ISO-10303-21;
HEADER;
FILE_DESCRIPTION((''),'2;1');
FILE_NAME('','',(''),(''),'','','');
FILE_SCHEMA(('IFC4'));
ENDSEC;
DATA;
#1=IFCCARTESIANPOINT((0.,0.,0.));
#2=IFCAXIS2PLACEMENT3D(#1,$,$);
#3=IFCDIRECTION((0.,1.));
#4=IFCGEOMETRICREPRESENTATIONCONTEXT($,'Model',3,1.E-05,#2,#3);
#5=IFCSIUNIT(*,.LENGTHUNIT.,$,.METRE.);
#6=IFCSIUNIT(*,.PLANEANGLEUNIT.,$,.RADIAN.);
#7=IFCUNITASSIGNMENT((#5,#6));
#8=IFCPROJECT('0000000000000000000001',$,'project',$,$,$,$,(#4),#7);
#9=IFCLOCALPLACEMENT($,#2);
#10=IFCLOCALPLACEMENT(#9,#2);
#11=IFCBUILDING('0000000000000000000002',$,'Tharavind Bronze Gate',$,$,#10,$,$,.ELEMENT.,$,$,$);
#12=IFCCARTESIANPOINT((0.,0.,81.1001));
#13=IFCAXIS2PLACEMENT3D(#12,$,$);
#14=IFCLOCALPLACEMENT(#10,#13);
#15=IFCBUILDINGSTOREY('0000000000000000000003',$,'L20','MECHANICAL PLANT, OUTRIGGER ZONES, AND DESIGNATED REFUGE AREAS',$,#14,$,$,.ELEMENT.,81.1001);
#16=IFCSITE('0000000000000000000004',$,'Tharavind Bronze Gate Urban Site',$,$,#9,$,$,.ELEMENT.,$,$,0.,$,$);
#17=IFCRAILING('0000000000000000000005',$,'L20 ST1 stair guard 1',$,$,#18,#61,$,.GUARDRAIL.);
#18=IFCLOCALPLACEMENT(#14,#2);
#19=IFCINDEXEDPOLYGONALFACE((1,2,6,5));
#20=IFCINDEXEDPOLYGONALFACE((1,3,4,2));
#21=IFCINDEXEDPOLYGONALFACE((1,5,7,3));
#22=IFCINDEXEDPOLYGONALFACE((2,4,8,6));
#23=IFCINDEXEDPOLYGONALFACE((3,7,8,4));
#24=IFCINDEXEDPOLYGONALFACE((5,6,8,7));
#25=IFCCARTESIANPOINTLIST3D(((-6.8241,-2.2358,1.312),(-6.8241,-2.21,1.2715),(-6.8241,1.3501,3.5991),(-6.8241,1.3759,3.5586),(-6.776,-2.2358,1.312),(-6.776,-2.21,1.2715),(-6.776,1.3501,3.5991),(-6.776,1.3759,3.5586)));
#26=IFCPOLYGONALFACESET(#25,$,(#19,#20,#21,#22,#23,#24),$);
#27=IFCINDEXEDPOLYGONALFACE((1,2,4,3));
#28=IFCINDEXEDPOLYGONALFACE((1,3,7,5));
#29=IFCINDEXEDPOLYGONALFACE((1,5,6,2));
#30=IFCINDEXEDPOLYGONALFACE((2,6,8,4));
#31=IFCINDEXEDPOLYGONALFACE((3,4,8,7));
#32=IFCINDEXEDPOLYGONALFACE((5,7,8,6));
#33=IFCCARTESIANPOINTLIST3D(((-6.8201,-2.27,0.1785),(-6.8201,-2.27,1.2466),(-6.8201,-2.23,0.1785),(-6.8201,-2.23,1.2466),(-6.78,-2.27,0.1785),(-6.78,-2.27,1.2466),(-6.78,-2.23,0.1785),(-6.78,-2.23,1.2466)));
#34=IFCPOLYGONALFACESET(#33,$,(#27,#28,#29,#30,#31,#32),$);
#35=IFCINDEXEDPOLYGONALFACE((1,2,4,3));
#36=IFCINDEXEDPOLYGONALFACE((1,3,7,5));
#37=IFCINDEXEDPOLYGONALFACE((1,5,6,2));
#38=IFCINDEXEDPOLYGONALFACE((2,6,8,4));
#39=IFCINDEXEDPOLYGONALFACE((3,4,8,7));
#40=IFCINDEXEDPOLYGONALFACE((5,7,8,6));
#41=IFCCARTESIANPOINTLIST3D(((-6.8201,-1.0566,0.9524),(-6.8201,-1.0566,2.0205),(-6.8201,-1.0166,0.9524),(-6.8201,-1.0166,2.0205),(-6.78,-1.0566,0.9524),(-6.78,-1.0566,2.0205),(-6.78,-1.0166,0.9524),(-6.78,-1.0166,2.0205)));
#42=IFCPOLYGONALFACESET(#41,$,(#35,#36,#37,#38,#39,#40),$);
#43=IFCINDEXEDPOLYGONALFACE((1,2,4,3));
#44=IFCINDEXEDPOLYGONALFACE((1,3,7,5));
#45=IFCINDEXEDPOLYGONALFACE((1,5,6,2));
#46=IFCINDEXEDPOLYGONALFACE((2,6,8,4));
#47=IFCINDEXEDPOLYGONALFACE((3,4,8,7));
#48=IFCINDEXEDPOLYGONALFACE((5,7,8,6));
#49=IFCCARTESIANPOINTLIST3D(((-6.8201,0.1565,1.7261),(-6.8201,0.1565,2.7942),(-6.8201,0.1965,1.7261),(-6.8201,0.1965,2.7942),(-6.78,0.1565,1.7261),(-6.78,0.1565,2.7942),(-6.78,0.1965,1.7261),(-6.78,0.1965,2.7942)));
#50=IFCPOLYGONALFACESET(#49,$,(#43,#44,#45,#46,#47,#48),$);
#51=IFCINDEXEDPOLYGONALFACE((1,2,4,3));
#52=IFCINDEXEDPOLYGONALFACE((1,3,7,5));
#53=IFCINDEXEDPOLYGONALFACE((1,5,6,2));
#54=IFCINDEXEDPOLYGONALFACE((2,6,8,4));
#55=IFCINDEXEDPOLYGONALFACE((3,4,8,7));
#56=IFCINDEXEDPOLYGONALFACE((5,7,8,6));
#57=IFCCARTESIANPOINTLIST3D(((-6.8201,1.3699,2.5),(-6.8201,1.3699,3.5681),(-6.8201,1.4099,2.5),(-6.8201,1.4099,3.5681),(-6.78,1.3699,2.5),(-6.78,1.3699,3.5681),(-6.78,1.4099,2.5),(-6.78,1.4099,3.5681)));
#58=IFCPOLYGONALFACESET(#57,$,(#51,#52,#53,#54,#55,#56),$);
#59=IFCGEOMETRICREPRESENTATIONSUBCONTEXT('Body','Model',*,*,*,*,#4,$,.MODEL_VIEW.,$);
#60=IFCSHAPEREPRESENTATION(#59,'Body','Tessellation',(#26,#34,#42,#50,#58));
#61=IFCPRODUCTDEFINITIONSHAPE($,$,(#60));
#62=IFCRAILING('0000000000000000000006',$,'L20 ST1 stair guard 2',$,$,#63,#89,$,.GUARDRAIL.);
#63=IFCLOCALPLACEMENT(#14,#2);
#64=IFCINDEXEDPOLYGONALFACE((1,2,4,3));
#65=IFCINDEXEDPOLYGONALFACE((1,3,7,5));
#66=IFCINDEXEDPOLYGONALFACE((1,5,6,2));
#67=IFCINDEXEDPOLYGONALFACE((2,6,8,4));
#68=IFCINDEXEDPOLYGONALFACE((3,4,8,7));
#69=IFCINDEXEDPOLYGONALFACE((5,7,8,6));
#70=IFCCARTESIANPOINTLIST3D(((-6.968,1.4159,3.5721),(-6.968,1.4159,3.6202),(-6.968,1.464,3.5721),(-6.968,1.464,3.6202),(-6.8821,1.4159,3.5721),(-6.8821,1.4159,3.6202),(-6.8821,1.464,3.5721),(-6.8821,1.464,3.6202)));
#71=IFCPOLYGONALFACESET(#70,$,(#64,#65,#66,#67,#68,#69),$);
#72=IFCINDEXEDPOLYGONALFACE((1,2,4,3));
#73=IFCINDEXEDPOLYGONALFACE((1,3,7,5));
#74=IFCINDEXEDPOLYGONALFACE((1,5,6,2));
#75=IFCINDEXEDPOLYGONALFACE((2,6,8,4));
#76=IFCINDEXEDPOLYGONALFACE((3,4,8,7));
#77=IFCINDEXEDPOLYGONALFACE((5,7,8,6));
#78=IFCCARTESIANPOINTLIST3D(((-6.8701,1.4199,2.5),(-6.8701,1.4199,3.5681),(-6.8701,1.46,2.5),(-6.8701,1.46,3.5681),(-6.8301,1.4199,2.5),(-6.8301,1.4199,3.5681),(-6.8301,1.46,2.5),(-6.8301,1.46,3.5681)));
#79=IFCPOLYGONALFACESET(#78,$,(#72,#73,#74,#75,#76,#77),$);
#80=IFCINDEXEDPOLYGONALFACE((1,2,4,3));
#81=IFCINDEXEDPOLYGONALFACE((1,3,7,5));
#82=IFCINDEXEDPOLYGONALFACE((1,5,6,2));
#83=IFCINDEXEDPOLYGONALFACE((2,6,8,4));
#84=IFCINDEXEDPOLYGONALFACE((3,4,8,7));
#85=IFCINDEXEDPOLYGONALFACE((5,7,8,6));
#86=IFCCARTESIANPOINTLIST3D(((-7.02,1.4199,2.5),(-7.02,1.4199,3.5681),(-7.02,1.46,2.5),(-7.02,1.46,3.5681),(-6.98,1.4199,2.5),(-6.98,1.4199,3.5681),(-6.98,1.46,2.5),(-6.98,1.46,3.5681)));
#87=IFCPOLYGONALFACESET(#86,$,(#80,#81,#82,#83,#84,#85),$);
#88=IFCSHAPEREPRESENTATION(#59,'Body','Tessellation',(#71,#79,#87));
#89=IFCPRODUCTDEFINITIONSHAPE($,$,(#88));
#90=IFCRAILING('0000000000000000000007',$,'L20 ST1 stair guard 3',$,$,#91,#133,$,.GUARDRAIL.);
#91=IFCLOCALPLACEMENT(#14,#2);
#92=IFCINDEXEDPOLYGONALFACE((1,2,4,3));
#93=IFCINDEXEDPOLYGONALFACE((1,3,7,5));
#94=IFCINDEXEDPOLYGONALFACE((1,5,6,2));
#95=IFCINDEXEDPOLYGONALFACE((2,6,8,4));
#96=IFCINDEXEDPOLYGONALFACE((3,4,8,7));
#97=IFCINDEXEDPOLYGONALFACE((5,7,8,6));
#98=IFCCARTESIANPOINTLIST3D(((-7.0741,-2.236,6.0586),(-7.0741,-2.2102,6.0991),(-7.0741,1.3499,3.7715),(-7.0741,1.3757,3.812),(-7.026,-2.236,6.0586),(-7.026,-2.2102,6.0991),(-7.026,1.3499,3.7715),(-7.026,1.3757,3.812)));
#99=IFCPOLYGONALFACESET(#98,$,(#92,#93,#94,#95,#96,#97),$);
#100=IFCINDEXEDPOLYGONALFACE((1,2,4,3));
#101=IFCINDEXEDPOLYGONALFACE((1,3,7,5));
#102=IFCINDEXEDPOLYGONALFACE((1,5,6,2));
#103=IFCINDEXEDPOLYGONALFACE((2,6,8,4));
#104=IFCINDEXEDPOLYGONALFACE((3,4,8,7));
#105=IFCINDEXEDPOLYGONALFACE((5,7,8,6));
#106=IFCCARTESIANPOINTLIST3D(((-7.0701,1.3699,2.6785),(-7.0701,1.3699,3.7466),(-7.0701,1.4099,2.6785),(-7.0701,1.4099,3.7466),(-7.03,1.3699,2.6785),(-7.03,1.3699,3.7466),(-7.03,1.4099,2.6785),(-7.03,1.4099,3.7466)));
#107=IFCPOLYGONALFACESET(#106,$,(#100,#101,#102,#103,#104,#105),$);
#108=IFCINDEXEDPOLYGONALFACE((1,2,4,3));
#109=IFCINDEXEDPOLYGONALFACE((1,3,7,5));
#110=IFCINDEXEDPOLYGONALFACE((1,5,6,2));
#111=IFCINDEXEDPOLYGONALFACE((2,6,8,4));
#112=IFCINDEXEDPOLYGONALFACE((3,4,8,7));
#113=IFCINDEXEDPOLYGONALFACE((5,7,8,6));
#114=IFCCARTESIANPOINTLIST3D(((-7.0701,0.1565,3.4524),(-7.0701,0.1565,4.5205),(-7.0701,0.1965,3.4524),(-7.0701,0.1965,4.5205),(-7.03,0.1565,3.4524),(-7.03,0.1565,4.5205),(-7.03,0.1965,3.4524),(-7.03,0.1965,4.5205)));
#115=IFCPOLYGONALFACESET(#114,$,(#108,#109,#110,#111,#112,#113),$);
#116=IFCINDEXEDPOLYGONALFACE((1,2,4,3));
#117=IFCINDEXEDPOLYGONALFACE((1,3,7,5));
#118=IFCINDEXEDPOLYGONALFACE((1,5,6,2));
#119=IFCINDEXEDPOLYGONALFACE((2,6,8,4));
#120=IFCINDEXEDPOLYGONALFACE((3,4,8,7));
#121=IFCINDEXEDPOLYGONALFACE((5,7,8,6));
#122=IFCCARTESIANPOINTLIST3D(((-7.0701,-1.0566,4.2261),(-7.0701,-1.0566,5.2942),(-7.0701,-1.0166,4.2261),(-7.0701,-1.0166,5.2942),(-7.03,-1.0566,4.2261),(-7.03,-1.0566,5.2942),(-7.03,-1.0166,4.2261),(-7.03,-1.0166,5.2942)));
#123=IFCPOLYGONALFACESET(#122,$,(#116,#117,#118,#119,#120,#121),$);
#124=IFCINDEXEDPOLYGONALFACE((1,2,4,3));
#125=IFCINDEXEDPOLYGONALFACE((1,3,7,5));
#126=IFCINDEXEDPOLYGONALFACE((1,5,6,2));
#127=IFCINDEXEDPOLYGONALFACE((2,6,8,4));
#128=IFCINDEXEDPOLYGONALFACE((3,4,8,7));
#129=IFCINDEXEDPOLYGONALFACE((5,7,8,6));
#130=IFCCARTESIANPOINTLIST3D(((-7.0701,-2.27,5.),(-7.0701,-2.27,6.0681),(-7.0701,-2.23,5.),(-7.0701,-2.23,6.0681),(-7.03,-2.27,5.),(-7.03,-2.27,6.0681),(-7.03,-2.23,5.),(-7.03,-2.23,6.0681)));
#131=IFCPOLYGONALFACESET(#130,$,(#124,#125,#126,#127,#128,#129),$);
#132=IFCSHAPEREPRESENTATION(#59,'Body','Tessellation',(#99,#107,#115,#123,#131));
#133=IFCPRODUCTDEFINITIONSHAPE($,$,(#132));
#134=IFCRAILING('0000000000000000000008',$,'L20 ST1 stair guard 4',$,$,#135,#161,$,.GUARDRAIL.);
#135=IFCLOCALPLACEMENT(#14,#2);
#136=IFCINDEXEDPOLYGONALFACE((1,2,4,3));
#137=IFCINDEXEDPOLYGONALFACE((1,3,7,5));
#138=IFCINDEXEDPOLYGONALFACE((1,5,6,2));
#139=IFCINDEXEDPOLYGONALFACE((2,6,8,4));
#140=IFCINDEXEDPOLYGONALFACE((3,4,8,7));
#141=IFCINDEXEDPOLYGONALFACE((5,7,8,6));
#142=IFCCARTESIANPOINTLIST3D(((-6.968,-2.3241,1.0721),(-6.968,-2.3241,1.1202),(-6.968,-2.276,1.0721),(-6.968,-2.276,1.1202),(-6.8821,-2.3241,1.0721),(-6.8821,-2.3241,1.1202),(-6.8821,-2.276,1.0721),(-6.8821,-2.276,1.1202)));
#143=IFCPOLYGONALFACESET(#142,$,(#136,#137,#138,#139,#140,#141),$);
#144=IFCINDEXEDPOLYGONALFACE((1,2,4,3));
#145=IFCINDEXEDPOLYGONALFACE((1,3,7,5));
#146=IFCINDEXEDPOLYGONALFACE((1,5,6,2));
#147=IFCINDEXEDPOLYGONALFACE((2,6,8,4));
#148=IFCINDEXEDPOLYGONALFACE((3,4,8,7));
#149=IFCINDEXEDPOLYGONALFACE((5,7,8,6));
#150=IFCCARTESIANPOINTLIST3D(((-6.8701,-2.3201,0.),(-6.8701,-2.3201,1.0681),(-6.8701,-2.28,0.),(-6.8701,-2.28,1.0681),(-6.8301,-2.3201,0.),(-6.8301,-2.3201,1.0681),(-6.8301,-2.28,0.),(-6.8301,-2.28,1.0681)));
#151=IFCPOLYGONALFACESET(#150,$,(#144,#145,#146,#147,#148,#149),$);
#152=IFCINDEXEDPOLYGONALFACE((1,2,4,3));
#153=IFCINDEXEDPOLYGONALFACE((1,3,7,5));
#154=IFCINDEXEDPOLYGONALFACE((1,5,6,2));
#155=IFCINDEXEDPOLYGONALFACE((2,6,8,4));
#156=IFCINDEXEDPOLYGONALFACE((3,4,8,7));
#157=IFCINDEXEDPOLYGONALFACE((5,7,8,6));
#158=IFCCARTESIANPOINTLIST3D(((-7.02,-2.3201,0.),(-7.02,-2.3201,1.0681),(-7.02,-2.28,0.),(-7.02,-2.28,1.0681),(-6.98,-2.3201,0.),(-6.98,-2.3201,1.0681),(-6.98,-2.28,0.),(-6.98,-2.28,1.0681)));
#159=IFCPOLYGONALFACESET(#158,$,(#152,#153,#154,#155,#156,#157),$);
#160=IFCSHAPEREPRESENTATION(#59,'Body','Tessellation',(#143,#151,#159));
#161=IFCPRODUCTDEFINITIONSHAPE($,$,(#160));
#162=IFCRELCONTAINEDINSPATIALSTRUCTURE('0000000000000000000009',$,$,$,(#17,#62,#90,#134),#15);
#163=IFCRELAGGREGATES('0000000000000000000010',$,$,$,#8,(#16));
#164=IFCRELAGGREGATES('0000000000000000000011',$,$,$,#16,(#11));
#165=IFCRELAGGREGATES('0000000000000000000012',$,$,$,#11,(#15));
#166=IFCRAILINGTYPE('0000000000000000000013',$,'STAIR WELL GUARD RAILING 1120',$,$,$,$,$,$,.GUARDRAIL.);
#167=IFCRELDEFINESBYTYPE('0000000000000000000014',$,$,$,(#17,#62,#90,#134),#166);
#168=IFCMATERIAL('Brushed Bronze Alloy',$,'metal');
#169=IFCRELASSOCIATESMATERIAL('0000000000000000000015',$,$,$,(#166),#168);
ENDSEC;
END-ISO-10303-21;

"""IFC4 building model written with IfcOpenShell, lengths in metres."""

from ifc_helpers import new_model, si_unit, direction, frame, origin, origin_2d, place, context, subcontext, project, spatial, rectangle, extrude, material, type_object, element, save


model = new_model("IFC4")

# Units and contexts
model_context = context("Model", 3, precision=1e-05, world=origin(), true_north=direction((0.0, 1.0)))
body_context = subcontext(model_context, "Body", "Model", "MODEL_VIEW")
ifc_project = project(units=[si_unit("LENGTHUNIT", "METRE"), si_unit("PLANEANGLEUNIT", "RADIAN")], contexts=[model_context])

# Site, building, storey
site_placement = place(None, origin())
site = spatial("IfcSite", under=ifc_project, at=site_placement, Name="Tharavind Bronze Gate Urban Site", CompositionType="ELEMENT", RefElevation=0.0)
building_placement = place(site_placement, origin())
building = spatial("IfcBuilding", under=site, at=building_placement, Name="Tharavind Bronze Gate", CompositionType="ELEMENT")
storey_placement = place(building_placement, frame((0.0, 0.0, 81.1001)))
storey = spatial("IfcBuildingStorey", under=building, at=storey_placement, Name="L20", Description="MECHANICAL PLANT, OUTRIGGER ZONES, AND DESIGNATED REFUGE AREAS", CompositionType="ELEMENT", Elevation=81.1001)

# Railings
ifc_material_1 = material(Name="Brushed Bronze Alloy", Category="metal")
railing_type_1 = type_object("IfcRailingType", Name="STAIR WELL GUARD RAILING 1120", PredefinedType="GUARDRAIL", material=ifc_material_1)
railing_1_placement = place(storey_placement, frame((-6.8, -2.25, 0.1785)))
element("IfcRailing", 1, at=railing_1_placement, inside=storey, type_object=railing_type_1, Name="L20 ST1 stair guard 1", PredefinedType="GUARDRAIL", context=body_context, shape_type="SweptSolid", body=[
    extrude(rectangle(XDim=0.0481, YDim=0.0481, at=origin_2d()), frame((0.0, 0.0271, 1.1133), z_axis=(0.0, 0.843112, 0.537739), x_axis=(-1.0, 0.0, 0.0)), (0.0, 0.0, 1.0), 4.2532),
    extrude(rectangle(XDim=0.04, YDim=0.04, at=origin_2d()), origin(), (0.0, 0.0, 1.0), 1.0681),
    extrude(rectangle(XDim=0.04, YDim=0.04, at=origin_2d()), frame((0.0, 1.2134, 0.7739)), (0.0, 0.0, 1.0), 1.0681),
    extrude(rectangle(XDim=0.04, YDim=0.04, at=origin_2d()), frame((0.0, 2.4265, 1.5476)), (0.0, 0.0, 1.0), 1.0681),
    extrude(rectangle(XDim=0.04, YDim=0.04, at=origin_2d()), frame((0.0, 3.6399, 2.3215)), (0.0, 0.0, 1.0), 1.0681),
])
railing_2_placement = place(storey_placement, frame((-6.8501, 1.4399, 2.5)))
element("IfcRailing", 2, at=railing_2_placement, inside=storey, type_object=railing_type_1, Name="L20 ST1 stair guard 2", PredefinedType="GUARDRAIL", context=body_context, shape_type="SweptSolid", body=[
    extrude(rectangle(XDim=0.0481, YDim=0.0481, at=origin_2d()), frame((-0.032, 0.0, 1.0962), z_axis=(-1.0, 0.0, 0.0), x_axis=(0.0, -1.0, 0.0)), (0.0, 0.0, 1.0), 0.0859),
    extrude(rectangle(XDim=0.04, YDim=0.04, at=origin_2d()), origin(), (0.0, 0.0, 1.0), 1.0681),
    extrude(rectangle(XDim=0.04, YDim=0.04, at=origin_2d()), frame((-0.1499, 0.0, 0.0)), (0.0, 0.0, 1.0), 1.0681),
])
railing_3_placement = place(storey_placement, frame((-7.05, 1.3899, 2.6785)))
element("IfcRailing", 3, at=railing_3_placement, inside=storey, type_object=railing_type_1, Name="L20 ST1 stair guard 3", PredefinedType="GUARDRAIL", context=body_context, shape_type="SweptSolid", body=[
    extrude(rectangle(XDim=0.0481, YDim=0.0481, at=origin_2d()), frame((0.0, -0.0271, 1.1133), z_axis=(0.0, -0.843112, 0.537739), x_axis=(1.0, 0.0, 0.0)), (0.0, 0.0, 1.0), 4.2532),
    extrude(rectangle(XDim=0.04, YDim=0.04, at=origin_2d()), origin(), (0.0, 0.0, 1.0), 1.0681),
    extrude(rectangle(XDim=0.04, YDim=0.04, at=origin_2d()), frame((0.0, -1.2134, 0.7739)), (0.0, 0.0, 1.0), 1.0681),
    extrude(rectangle(XDim=0.04, YDim=0.04, at=origin_2d()), frame((0.0, -2.4265, 1.5476)), (0.0, 0.0, 1.0), 1.0681),
    extrude(rectangle(XDim=0.04, YDim=0.04, at=origin_2d()), frame((0.0, -3.6399, 2.3215)), (0.0, 0.0, 1.0), 1.0681),
])
railing_4_placement = place(storey_placement, frame((-6.8501, -2.3, 0.0)))
element("IfcRailing", 4, at=railing_4_placement, inside=storey, type_object=railing_type_1, Name="L20 ST1 stair guard 4", PredefinedType="GUARDRAIL", context=body_context, shape_type="SweptSolid", body=[
    extrude(rectangle(XDim=0.0481, YDim=0.0481, at=origin_2d()), frame((-0.032, 0.0, 1.0962), z_axis=(-1.0, 0.0, 0.0), x_axis=(0.0, -1.0, 0.0)), (0.0, 0.0, 1.0), 0.0859),
    extrude(rectangle(XDim=0.04, YDim=0.04, at=origin_2d()), origin(), (0.0, 0.0, 1.0), 1.0681),
    extrude(rectangle(XDim=0.04, YDim=0.04, at=origin_2d()), frame((-0.1499, 0.0, 0.0)), (0.0, 0.0, 1.0), 1.0681),
])

save(model, "model.ifc")
